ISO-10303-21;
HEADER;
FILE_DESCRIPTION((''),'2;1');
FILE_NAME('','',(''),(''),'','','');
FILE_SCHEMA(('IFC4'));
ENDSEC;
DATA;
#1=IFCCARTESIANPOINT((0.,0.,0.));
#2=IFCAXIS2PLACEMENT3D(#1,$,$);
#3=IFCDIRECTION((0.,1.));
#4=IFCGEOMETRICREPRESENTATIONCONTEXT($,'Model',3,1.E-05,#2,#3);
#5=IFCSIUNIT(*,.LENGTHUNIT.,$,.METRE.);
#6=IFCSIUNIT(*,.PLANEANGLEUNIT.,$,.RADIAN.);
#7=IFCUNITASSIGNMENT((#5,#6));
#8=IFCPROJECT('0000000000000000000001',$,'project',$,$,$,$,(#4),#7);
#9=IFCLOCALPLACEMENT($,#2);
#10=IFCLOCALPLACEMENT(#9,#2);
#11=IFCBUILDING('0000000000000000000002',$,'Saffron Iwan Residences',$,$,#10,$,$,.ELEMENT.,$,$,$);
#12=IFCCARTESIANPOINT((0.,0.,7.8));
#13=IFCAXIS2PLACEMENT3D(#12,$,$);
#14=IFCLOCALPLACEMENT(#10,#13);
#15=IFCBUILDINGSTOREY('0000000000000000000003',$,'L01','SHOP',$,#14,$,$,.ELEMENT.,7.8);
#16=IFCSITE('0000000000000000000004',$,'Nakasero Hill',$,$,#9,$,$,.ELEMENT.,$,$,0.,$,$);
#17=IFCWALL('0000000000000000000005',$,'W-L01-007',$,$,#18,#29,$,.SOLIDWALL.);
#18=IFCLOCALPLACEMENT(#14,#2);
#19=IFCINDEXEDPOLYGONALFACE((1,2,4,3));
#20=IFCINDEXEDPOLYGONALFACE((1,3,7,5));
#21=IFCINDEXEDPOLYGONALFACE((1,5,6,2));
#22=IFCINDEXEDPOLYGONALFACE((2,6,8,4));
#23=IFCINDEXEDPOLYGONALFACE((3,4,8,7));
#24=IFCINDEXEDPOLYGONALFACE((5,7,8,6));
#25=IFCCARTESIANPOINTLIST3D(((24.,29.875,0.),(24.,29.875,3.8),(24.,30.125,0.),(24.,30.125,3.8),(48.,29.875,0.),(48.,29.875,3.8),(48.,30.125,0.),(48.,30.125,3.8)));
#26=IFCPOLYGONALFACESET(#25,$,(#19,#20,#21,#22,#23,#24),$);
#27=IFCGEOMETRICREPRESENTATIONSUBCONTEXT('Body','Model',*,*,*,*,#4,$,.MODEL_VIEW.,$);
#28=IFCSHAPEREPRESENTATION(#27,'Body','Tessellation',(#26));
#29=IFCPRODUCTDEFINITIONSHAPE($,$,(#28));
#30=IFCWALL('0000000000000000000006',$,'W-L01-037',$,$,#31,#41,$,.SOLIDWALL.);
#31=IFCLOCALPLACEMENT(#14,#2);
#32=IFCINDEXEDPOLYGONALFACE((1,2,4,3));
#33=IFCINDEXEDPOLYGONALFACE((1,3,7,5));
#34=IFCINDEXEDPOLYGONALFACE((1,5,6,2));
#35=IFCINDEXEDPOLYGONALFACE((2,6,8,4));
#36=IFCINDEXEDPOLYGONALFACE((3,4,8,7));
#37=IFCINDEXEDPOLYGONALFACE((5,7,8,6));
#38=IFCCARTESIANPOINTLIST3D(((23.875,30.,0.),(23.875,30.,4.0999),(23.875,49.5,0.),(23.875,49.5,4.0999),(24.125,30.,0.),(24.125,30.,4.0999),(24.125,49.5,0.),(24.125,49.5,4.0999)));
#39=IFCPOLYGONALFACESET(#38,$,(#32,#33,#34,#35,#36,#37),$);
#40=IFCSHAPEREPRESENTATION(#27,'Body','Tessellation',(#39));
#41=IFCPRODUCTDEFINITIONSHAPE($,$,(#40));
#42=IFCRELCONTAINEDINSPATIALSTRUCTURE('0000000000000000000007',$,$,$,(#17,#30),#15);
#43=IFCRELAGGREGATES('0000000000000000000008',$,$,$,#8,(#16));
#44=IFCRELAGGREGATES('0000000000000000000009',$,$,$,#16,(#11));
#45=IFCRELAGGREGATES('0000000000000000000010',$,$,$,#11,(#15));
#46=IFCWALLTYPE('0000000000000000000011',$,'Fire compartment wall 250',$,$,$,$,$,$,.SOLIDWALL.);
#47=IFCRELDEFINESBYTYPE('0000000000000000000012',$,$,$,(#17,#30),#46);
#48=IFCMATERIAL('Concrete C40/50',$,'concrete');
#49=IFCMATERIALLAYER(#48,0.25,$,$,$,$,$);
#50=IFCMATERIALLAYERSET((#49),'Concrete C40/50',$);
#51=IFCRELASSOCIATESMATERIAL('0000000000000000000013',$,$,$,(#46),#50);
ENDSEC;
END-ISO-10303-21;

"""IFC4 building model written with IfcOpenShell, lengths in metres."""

from ifc_helpers import new_model, si_unit, direction, frame, frame_2d, origin, place, context, subcontext, project, spatial, rectangle, extrude, material, layer, layer_set, type_object, element, save


model = new_model("IFC4")

# Units and contexts
model_context = context("Model", 3, precision=1e-05, world=origin(), true_north=direction((0.0, 1.0)))
body_context = subcontext(model_context, "Body", "Model", "MODEL_VIEW")
ifc_project = project(units=[si_unit("LENGTHUNIT", "METRE"), si_unit("PLANEANGLEUNIT", "RADIAN")], contexts=[model_context])

# Site, building, storey
site_placement = place(None, origin())
site = spatial("IfcSite", under=ifc_project, at=site_placement, Name="Nakasero Hill", CompositionType="ELEMENT", RefElevation=0.0)
building_placement = place(site_placement, origin())
building = spatial("IfcBuilding", under=site, at=building_placement, Name="Saffron Iwan Residences", CompositionType="ELEMENT")
storey_placement = place(building_placement, frame((0.0, 0.0, 7.8)))
storey = spatial("IfcBuildingStorey", under=building, at=storey_placement, Name="L01", Description="SHOP", CompositionType="ELEMENT", Elevation=7.8)

# Walls
ifc_material_1 = material(Name="Concrete C40/50", Category="concrete")
ifc_layer_1 = layer(ifc_material_1, 0.25)
ifc_layer_set_1 = layer_set([ifc_layer_1], Name="Concrete C40/50")
wall_type_1 = type_object("IfcWallType", Name="Fire compartment wall 250", PredefinedType="SOLIDWALL", material=ifc_layer_set_1)
wall_1_placement = place(storey_placement, frame((24.0, 30.0, 0.0), z_axis=(0.0, 0.0, 1.0), x_axis=(1.0, 0.0, 0.0)))
element("IfcWall", 1, at=wall_1_placement, inside=storey, type_object=wall_type_1, Name="W-L01-007", PredefinedType="SOLIDWALL", context=body_context, shape_type="SweptSolid", body=[
    extrude(rectangle(XDim=24.0, YDim=0.25, at=frame_2d((12.0, 0.0))), origin(), (0.0, 0.0, 1.0), 3.8),
])
wall_2_placement = place(storey_placement, frame((24.0, 30.0, 0.0), z_axis=(0.0, 0.0, 1.0), x_axis=(0.0, 1.0, 0.0)))
element("IfcWall", 2, at=wall_2_placement, inside=storey, type_object=wall_type_1, Name="W-L01-037", PredefinedType="SOLIDWALL", context=body_context, shape_type="SweptSolid", body=[
    extrude(rectangle(XDim=19.5, YDim=0.25, at=frame_2d((9.75, 0.0))), origin(), (0.0, 0.0, 1.0), 4.0999),
])

save(model, "model.ifc")
